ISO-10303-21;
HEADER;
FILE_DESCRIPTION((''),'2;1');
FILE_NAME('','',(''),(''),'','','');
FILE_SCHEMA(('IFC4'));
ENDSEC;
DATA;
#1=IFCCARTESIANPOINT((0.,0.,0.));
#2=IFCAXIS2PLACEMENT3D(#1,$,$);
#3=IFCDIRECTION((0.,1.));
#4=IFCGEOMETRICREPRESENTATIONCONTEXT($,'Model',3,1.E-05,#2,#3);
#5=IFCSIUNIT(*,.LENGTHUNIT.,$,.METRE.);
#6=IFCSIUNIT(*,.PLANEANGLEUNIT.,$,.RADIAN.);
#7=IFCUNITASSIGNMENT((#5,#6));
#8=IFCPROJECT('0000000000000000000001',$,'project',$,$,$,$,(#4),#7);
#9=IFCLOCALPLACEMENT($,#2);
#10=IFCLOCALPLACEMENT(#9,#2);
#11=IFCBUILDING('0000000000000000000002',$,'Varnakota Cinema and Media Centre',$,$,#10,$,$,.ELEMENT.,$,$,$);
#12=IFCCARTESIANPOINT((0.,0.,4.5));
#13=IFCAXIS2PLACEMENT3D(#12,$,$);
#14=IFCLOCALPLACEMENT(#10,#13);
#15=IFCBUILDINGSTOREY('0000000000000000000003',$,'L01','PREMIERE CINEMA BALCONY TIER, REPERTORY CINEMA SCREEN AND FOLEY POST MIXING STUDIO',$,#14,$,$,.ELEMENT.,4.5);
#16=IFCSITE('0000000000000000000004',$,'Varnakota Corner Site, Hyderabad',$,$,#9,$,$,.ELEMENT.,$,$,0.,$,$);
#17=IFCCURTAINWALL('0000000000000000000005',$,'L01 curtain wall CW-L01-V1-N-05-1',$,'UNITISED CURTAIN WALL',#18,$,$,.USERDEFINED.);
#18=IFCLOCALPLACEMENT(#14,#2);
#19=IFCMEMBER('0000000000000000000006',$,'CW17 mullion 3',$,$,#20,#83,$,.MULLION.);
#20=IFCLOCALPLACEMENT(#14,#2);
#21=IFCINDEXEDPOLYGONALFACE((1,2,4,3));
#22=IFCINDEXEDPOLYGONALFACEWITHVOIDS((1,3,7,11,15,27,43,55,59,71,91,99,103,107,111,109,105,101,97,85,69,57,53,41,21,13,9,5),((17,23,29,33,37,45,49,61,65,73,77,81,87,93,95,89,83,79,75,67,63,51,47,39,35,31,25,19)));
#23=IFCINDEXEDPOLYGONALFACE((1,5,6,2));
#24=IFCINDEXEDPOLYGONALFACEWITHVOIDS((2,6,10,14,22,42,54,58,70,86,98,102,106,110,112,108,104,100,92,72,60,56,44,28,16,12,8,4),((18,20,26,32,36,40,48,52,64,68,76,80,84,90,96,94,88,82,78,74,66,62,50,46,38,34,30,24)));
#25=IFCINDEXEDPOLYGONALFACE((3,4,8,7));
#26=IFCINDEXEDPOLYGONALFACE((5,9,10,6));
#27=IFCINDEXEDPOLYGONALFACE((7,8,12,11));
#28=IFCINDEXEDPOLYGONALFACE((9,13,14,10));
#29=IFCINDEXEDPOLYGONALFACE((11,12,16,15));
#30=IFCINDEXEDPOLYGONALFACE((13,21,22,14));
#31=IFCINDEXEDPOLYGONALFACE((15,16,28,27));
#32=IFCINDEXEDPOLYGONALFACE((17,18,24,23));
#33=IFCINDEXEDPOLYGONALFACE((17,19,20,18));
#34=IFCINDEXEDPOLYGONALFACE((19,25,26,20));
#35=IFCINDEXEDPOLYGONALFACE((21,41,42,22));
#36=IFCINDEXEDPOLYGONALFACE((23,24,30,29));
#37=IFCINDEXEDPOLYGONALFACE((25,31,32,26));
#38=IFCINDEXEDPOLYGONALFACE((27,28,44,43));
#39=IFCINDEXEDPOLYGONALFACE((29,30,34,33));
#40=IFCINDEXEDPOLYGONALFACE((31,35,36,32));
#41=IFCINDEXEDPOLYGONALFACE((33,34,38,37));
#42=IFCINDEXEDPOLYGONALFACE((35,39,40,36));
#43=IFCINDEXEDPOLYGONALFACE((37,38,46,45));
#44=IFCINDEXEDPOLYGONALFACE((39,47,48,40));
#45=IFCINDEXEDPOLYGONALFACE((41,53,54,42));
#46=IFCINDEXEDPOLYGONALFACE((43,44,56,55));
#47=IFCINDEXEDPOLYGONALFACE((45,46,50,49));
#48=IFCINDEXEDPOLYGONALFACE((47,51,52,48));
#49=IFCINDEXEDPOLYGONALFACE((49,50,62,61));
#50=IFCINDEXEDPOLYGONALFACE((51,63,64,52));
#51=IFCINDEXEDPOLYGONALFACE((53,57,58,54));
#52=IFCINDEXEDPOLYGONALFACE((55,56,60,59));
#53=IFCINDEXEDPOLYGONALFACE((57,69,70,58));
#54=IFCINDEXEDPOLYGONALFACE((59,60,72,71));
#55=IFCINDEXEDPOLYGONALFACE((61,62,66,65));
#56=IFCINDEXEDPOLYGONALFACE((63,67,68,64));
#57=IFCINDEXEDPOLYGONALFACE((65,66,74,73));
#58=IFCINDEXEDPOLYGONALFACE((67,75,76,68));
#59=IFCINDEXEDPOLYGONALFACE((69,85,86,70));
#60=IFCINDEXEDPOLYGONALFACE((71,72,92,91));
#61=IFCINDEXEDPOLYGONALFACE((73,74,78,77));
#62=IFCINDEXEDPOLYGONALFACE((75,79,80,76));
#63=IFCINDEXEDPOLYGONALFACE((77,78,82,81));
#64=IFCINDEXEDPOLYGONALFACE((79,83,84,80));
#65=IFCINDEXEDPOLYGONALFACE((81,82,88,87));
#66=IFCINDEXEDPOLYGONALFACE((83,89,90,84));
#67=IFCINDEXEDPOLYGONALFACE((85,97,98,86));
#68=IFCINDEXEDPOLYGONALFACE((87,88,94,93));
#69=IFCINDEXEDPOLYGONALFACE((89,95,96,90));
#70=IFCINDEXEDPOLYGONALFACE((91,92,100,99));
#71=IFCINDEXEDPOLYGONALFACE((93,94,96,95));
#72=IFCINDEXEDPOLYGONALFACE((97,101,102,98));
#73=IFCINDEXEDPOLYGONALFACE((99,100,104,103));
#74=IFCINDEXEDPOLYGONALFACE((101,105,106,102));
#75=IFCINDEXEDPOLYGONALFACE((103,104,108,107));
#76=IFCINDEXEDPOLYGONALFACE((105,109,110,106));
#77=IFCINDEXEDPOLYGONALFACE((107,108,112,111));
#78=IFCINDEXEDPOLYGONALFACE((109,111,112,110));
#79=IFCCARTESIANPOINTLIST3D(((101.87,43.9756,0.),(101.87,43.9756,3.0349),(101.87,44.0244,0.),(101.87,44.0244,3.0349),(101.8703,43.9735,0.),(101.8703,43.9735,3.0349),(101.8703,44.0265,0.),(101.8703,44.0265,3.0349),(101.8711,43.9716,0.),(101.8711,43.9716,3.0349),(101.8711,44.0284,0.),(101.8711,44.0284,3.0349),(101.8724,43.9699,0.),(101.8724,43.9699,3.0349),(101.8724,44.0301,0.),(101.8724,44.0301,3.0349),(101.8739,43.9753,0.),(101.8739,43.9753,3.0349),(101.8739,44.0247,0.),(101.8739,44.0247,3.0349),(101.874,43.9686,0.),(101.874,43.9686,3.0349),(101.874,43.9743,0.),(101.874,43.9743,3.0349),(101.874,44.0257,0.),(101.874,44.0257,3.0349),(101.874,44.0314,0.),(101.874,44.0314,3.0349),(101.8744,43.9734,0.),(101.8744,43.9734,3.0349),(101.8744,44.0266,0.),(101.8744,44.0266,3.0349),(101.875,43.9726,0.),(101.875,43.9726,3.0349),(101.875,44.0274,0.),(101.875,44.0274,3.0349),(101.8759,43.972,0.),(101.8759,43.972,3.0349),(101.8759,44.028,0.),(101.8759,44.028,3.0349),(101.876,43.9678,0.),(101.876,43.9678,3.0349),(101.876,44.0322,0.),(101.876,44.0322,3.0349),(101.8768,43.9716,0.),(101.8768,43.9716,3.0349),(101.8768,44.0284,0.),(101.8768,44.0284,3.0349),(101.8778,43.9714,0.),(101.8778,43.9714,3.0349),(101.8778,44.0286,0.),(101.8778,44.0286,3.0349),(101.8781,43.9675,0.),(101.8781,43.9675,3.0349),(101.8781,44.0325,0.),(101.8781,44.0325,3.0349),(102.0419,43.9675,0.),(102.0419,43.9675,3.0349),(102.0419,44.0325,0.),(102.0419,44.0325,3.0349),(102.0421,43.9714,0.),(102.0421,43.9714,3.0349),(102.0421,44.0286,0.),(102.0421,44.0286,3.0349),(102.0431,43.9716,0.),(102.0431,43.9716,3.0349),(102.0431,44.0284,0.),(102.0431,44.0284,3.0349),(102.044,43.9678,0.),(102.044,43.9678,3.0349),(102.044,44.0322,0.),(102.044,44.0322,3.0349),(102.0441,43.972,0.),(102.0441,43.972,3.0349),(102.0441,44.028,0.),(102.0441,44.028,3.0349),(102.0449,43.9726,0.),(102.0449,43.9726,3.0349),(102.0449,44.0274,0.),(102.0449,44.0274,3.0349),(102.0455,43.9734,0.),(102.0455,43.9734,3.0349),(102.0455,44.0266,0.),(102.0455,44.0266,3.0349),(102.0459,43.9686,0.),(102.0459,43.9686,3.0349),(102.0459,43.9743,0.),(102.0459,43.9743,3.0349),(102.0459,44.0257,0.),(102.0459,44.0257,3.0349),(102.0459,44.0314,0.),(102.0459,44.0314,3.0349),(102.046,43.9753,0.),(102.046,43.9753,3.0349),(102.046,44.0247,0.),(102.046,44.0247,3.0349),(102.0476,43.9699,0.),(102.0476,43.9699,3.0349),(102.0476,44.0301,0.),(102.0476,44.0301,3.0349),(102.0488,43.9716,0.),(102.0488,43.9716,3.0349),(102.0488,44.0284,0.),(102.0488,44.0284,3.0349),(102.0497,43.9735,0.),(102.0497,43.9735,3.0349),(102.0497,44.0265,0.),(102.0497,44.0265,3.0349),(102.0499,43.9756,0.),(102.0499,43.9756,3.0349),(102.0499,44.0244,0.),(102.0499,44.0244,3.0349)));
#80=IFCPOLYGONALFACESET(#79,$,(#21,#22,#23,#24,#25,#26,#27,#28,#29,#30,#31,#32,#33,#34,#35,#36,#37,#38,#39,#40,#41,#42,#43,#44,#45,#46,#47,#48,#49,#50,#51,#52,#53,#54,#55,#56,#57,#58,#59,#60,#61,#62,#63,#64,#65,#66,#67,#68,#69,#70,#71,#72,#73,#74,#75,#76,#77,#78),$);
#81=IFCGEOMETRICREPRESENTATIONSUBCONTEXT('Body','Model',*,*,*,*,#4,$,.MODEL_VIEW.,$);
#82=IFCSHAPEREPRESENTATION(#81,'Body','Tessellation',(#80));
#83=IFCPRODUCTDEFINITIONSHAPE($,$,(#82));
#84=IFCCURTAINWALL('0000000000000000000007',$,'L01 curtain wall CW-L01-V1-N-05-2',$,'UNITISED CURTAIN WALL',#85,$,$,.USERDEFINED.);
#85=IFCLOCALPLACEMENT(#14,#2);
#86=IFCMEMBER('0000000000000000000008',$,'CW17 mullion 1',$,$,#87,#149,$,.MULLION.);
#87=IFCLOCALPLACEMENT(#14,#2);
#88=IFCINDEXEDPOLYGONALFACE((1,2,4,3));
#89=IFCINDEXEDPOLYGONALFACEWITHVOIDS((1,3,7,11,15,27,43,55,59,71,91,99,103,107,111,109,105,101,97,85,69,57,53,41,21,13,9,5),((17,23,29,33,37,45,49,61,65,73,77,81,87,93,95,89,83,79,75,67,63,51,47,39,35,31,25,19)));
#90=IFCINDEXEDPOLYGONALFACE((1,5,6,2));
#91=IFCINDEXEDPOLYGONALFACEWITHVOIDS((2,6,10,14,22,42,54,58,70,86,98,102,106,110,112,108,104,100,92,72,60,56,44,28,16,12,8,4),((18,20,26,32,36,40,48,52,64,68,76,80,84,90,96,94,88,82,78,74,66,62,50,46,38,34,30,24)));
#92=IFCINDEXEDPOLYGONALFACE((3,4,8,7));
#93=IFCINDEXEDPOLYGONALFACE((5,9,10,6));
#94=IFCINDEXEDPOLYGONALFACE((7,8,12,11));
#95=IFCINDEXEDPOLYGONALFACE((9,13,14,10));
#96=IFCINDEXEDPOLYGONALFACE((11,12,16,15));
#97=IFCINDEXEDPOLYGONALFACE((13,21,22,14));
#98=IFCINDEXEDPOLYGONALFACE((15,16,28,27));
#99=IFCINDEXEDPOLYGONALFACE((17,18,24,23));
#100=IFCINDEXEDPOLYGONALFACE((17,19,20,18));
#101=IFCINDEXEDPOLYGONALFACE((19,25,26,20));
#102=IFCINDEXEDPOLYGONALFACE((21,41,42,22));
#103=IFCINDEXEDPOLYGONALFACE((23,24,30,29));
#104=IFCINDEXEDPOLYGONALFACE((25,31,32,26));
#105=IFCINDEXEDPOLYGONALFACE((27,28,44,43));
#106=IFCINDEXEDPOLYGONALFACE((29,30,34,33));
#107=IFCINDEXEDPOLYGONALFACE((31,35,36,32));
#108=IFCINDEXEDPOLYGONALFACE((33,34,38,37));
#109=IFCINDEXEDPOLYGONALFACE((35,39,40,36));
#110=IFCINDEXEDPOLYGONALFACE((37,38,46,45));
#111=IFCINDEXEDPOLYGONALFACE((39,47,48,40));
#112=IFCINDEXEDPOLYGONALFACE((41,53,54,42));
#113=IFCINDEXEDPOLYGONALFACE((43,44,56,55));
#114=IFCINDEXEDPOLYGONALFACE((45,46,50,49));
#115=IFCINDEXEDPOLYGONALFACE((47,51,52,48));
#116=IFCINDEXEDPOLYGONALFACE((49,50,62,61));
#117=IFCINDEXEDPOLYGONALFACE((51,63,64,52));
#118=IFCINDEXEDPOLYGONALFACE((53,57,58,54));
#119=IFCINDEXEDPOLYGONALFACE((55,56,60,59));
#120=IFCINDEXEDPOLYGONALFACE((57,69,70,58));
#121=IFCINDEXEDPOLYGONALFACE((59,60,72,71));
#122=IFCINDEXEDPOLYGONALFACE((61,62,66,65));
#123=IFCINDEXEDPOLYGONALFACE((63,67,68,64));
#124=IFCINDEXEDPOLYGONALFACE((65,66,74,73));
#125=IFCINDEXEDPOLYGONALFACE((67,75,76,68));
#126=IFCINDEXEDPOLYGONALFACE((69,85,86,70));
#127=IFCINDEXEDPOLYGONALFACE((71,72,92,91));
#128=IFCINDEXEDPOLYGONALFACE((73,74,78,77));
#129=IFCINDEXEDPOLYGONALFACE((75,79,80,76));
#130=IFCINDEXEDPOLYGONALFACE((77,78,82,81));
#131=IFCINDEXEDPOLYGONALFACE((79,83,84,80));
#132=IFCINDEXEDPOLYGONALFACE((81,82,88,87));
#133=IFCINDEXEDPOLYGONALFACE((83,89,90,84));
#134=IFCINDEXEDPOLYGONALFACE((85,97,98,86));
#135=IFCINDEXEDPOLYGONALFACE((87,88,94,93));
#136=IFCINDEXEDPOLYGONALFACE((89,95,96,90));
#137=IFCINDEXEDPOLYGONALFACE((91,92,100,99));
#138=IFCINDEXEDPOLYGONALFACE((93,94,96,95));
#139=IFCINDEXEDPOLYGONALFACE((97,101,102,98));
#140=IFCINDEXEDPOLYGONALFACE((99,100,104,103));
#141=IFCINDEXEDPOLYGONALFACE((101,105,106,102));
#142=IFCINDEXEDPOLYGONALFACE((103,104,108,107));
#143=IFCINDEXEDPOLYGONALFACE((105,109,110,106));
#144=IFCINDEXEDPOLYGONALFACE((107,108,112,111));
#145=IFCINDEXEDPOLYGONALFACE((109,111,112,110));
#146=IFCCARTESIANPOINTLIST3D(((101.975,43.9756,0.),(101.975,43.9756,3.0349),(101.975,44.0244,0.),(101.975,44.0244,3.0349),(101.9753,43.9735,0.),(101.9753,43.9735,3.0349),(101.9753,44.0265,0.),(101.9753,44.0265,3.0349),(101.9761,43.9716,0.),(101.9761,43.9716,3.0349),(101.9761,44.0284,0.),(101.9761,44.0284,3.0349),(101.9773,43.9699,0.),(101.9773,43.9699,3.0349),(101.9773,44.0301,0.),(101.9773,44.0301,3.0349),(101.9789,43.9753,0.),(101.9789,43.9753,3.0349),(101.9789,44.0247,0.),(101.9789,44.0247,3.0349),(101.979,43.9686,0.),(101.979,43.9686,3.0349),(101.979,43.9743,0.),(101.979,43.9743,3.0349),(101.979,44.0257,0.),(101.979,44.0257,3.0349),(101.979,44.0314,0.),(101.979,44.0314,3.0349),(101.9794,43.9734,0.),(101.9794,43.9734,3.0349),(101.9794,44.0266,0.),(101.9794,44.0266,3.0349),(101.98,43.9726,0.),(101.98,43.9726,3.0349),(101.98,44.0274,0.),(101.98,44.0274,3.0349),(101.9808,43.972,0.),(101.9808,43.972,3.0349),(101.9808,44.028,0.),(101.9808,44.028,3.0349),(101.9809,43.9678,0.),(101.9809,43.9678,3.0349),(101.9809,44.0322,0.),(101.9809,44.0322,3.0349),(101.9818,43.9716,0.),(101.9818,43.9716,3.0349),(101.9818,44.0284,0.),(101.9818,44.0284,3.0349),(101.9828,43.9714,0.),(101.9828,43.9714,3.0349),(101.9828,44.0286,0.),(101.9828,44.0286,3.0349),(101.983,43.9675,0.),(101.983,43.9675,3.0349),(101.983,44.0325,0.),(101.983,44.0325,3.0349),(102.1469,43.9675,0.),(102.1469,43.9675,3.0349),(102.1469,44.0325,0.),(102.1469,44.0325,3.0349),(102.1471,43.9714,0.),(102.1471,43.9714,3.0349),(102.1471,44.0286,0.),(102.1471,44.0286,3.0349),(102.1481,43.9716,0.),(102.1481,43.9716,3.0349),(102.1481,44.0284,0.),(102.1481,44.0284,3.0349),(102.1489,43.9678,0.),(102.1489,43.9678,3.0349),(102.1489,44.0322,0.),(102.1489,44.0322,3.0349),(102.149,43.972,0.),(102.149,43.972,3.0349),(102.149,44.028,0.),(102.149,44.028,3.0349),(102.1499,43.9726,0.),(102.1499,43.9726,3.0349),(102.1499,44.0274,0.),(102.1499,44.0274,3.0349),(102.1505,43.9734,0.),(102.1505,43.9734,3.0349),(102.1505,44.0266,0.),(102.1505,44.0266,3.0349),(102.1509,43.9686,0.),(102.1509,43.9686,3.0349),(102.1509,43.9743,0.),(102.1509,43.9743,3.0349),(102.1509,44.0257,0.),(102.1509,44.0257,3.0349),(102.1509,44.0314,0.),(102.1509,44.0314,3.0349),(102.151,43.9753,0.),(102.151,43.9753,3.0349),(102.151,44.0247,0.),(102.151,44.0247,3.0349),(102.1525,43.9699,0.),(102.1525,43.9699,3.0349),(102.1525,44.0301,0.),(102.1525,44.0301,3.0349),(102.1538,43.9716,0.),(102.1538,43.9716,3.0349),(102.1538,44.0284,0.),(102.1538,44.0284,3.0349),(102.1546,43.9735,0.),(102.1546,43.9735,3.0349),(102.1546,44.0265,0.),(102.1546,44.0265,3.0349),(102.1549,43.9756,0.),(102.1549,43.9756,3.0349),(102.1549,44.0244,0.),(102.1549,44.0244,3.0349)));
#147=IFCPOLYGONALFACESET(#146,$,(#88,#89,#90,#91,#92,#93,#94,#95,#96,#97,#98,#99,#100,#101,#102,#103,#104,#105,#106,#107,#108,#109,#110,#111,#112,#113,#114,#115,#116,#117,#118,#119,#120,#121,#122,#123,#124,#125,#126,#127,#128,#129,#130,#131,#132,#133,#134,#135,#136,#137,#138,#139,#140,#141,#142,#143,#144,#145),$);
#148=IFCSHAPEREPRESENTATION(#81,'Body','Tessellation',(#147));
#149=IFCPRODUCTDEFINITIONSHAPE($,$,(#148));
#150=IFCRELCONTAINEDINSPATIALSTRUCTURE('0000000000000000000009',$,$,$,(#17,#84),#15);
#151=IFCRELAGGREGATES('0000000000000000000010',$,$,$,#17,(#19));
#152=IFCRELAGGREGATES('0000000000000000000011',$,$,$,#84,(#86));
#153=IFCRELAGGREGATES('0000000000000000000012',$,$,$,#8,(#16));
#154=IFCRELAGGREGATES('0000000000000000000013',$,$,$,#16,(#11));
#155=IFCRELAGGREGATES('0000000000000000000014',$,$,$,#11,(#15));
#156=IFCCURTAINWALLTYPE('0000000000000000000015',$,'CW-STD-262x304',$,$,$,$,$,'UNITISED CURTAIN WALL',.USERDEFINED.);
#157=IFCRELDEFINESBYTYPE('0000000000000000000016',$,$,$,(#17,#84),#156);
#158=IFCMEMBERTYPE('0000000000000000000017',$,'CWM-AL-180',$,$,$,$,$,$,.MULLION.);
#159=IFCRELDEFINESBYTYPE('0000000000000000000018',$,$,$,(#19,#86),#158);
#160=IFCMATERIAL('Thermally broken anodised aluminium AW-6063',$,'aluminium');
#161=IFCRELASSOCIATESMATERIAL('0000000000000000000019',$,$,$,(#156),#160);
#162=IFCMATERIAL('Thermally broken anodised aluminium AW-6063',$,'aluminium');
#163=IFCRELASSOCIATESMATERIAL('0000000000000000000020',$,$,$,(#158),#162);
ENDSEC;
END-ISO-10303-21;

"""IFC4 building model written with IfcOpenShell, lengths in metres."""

from ifc_helpers import new_model, si_unit, direction, frame, origin, origin_2d, place, context, subcontext, project, spatial, hollow_rectangle, extrude, material, material_profile, profile_set, type_object, element, aggregate, save


model = new_model("IFC4")

# Units and contexts
model_context = context("Model", 3, precision=1e-05, world=origin(), true_north=direction((0.0, 1.0)))
body_context = subcontext(model_context, "Body", "Model", "MODEL_VIEW")
ifc_project = project(units=[si_unit("LENGTHUNIT", "METRE"), si_unit("PLANEANGLEUNIT", "RADIAN")], contexts=[model_context])

# Site, building, storey
site_placement = place(None, origin())
site = spatial("IfcSite", under=ifc_project, at=site_placement, Name="Varnakota Corner Site, Hyderabad", CompositionType="ELEMENT", RefElevation=0.0)
building_placement = place(site_placement, origin())
building = spatial("IfcBuilding", under=site, at=building_placement, Name="Varnakota Cinema and Media Centre", CompositionType="ELEMENT")
storey_placement = place(building_placement, frame((0.0, 0.0, 4.5)))
storey = spatial("IfcBuildingStorey", under=building, at=storey_placement, Name="L01", Description="PREMIERE CINEMA BALCONY TIER, REPERTORY CINEMA SCREEN AND FOLEY POST MIXING STUDIO", CompositionType="ELEMENT", Elevation=4.5)

# Curtain walls, members
ifc_material_1 = material(Name="Thermally broken anodised aluminium AW-6063", Category="aluminium")
curtain_wall_type = type_object("IfcCurtainWallType", Name="CW-STD-262x304", ElementType="UNITISED CURTAIN WALL", PredefinedType="USERDEFINED", material=ifc_material_1)
curtain_wall_1_placement = place(storey_placement, origin())
curtain_wall_1 = element("IfcCurtainWall", 1, at=curtain_wall_1_placement, inside=storey, type_object=curtain_wall_type, Name="L01 curtain wall CW-L01-V1-N-05-1", ObjectType="UNITISED CURTAIN WALL", PredefinedType="USERDEFINED")
ifc_material_2 = material(Name="Thermally broken anodised aluminium AW-6063", Category="aluminium")
ifc_material_profile_1 = material_profile(ifc_material_2, hollow_rectangle(XDim=0.0649, YDim=0.1799, WallThickness=0.0039, InnerFilletRadius=0.0039, OuterFilletRadius=0.0081, at=origin_2d()), Name="AL-MULLION 180x65x4")
ifc_profile_set_1 = profile_set([ifc_material_profile_1], Name="Thermally broken anodised aluminium AW-6063")
member_type_1 = type_object("IfcMemberType", Name="CWM-AL-180", PredefinedType="MULLION", material=ifc_profile_set_1)
member_1_placement = place(storey_placement, frame((101.96, 44.0, 0.0), z_axis=(0.0, 0.0, 1.0), x_axis=(0.0, 1.0, 0.0)))
member_1 = element("IfcMember", 2, at=member_1_placement, type_object=member_type_1, Name="CW17 mullion 3", PredefinedType="MULLION", context=body_context, shape_type="SweptSolid", body=[
    extrude(hollow_rectangle(XDim=0.0649, YDim=0.1799, WallThickness=0.0039, InnerFilletRadius=0.0039, OuterFilletRadius=0.0081, at=origin_2d()), origin(), (0.0, 0.0, 1.0), 3.0349),
])
curtain_wall_2_placement = place(storey_placement, origin())
curtain_wall_2 = element("IfcCurtainWall", 3, at=curtain_wall_2_placement, inside=storey, type_object=curtain_wall_type, Name="L01 curtain wall CW-L01-V1-N-05-2", ObjectType="UNITISED CURTAIN WALL", PredefinedType="USERDEFINED")
member_2_placement = place(storey_placement, frame((102.0649, 44.0, 0.0), z_axis=(0.0, 0.0, 1.0), x_axis=(0.0, 1.0, 0.0)))
member_2 = element("IfcMember", 4, at=member_2_placement, type_object=member_type_1, Name="CW17 mullion 1", PredefinedType="MULLION", context=body_context, shape_type="SweptSolid", body=[
    extrude(hollow_rectangle(XDim=0.0649, YDim=0.1799, WallThickness=0.0039, InnerFilletRadius=0.0039, OuterFilletRadius=0.0081, at=origin_2d()), origin(), (0.0, 0.0, 1.0), 3.0349),
])

aggregate(curtain_wall_1, [member_1])
aggregate(curtain_wall_2, [member_2])

save(model, "model.ifc")
